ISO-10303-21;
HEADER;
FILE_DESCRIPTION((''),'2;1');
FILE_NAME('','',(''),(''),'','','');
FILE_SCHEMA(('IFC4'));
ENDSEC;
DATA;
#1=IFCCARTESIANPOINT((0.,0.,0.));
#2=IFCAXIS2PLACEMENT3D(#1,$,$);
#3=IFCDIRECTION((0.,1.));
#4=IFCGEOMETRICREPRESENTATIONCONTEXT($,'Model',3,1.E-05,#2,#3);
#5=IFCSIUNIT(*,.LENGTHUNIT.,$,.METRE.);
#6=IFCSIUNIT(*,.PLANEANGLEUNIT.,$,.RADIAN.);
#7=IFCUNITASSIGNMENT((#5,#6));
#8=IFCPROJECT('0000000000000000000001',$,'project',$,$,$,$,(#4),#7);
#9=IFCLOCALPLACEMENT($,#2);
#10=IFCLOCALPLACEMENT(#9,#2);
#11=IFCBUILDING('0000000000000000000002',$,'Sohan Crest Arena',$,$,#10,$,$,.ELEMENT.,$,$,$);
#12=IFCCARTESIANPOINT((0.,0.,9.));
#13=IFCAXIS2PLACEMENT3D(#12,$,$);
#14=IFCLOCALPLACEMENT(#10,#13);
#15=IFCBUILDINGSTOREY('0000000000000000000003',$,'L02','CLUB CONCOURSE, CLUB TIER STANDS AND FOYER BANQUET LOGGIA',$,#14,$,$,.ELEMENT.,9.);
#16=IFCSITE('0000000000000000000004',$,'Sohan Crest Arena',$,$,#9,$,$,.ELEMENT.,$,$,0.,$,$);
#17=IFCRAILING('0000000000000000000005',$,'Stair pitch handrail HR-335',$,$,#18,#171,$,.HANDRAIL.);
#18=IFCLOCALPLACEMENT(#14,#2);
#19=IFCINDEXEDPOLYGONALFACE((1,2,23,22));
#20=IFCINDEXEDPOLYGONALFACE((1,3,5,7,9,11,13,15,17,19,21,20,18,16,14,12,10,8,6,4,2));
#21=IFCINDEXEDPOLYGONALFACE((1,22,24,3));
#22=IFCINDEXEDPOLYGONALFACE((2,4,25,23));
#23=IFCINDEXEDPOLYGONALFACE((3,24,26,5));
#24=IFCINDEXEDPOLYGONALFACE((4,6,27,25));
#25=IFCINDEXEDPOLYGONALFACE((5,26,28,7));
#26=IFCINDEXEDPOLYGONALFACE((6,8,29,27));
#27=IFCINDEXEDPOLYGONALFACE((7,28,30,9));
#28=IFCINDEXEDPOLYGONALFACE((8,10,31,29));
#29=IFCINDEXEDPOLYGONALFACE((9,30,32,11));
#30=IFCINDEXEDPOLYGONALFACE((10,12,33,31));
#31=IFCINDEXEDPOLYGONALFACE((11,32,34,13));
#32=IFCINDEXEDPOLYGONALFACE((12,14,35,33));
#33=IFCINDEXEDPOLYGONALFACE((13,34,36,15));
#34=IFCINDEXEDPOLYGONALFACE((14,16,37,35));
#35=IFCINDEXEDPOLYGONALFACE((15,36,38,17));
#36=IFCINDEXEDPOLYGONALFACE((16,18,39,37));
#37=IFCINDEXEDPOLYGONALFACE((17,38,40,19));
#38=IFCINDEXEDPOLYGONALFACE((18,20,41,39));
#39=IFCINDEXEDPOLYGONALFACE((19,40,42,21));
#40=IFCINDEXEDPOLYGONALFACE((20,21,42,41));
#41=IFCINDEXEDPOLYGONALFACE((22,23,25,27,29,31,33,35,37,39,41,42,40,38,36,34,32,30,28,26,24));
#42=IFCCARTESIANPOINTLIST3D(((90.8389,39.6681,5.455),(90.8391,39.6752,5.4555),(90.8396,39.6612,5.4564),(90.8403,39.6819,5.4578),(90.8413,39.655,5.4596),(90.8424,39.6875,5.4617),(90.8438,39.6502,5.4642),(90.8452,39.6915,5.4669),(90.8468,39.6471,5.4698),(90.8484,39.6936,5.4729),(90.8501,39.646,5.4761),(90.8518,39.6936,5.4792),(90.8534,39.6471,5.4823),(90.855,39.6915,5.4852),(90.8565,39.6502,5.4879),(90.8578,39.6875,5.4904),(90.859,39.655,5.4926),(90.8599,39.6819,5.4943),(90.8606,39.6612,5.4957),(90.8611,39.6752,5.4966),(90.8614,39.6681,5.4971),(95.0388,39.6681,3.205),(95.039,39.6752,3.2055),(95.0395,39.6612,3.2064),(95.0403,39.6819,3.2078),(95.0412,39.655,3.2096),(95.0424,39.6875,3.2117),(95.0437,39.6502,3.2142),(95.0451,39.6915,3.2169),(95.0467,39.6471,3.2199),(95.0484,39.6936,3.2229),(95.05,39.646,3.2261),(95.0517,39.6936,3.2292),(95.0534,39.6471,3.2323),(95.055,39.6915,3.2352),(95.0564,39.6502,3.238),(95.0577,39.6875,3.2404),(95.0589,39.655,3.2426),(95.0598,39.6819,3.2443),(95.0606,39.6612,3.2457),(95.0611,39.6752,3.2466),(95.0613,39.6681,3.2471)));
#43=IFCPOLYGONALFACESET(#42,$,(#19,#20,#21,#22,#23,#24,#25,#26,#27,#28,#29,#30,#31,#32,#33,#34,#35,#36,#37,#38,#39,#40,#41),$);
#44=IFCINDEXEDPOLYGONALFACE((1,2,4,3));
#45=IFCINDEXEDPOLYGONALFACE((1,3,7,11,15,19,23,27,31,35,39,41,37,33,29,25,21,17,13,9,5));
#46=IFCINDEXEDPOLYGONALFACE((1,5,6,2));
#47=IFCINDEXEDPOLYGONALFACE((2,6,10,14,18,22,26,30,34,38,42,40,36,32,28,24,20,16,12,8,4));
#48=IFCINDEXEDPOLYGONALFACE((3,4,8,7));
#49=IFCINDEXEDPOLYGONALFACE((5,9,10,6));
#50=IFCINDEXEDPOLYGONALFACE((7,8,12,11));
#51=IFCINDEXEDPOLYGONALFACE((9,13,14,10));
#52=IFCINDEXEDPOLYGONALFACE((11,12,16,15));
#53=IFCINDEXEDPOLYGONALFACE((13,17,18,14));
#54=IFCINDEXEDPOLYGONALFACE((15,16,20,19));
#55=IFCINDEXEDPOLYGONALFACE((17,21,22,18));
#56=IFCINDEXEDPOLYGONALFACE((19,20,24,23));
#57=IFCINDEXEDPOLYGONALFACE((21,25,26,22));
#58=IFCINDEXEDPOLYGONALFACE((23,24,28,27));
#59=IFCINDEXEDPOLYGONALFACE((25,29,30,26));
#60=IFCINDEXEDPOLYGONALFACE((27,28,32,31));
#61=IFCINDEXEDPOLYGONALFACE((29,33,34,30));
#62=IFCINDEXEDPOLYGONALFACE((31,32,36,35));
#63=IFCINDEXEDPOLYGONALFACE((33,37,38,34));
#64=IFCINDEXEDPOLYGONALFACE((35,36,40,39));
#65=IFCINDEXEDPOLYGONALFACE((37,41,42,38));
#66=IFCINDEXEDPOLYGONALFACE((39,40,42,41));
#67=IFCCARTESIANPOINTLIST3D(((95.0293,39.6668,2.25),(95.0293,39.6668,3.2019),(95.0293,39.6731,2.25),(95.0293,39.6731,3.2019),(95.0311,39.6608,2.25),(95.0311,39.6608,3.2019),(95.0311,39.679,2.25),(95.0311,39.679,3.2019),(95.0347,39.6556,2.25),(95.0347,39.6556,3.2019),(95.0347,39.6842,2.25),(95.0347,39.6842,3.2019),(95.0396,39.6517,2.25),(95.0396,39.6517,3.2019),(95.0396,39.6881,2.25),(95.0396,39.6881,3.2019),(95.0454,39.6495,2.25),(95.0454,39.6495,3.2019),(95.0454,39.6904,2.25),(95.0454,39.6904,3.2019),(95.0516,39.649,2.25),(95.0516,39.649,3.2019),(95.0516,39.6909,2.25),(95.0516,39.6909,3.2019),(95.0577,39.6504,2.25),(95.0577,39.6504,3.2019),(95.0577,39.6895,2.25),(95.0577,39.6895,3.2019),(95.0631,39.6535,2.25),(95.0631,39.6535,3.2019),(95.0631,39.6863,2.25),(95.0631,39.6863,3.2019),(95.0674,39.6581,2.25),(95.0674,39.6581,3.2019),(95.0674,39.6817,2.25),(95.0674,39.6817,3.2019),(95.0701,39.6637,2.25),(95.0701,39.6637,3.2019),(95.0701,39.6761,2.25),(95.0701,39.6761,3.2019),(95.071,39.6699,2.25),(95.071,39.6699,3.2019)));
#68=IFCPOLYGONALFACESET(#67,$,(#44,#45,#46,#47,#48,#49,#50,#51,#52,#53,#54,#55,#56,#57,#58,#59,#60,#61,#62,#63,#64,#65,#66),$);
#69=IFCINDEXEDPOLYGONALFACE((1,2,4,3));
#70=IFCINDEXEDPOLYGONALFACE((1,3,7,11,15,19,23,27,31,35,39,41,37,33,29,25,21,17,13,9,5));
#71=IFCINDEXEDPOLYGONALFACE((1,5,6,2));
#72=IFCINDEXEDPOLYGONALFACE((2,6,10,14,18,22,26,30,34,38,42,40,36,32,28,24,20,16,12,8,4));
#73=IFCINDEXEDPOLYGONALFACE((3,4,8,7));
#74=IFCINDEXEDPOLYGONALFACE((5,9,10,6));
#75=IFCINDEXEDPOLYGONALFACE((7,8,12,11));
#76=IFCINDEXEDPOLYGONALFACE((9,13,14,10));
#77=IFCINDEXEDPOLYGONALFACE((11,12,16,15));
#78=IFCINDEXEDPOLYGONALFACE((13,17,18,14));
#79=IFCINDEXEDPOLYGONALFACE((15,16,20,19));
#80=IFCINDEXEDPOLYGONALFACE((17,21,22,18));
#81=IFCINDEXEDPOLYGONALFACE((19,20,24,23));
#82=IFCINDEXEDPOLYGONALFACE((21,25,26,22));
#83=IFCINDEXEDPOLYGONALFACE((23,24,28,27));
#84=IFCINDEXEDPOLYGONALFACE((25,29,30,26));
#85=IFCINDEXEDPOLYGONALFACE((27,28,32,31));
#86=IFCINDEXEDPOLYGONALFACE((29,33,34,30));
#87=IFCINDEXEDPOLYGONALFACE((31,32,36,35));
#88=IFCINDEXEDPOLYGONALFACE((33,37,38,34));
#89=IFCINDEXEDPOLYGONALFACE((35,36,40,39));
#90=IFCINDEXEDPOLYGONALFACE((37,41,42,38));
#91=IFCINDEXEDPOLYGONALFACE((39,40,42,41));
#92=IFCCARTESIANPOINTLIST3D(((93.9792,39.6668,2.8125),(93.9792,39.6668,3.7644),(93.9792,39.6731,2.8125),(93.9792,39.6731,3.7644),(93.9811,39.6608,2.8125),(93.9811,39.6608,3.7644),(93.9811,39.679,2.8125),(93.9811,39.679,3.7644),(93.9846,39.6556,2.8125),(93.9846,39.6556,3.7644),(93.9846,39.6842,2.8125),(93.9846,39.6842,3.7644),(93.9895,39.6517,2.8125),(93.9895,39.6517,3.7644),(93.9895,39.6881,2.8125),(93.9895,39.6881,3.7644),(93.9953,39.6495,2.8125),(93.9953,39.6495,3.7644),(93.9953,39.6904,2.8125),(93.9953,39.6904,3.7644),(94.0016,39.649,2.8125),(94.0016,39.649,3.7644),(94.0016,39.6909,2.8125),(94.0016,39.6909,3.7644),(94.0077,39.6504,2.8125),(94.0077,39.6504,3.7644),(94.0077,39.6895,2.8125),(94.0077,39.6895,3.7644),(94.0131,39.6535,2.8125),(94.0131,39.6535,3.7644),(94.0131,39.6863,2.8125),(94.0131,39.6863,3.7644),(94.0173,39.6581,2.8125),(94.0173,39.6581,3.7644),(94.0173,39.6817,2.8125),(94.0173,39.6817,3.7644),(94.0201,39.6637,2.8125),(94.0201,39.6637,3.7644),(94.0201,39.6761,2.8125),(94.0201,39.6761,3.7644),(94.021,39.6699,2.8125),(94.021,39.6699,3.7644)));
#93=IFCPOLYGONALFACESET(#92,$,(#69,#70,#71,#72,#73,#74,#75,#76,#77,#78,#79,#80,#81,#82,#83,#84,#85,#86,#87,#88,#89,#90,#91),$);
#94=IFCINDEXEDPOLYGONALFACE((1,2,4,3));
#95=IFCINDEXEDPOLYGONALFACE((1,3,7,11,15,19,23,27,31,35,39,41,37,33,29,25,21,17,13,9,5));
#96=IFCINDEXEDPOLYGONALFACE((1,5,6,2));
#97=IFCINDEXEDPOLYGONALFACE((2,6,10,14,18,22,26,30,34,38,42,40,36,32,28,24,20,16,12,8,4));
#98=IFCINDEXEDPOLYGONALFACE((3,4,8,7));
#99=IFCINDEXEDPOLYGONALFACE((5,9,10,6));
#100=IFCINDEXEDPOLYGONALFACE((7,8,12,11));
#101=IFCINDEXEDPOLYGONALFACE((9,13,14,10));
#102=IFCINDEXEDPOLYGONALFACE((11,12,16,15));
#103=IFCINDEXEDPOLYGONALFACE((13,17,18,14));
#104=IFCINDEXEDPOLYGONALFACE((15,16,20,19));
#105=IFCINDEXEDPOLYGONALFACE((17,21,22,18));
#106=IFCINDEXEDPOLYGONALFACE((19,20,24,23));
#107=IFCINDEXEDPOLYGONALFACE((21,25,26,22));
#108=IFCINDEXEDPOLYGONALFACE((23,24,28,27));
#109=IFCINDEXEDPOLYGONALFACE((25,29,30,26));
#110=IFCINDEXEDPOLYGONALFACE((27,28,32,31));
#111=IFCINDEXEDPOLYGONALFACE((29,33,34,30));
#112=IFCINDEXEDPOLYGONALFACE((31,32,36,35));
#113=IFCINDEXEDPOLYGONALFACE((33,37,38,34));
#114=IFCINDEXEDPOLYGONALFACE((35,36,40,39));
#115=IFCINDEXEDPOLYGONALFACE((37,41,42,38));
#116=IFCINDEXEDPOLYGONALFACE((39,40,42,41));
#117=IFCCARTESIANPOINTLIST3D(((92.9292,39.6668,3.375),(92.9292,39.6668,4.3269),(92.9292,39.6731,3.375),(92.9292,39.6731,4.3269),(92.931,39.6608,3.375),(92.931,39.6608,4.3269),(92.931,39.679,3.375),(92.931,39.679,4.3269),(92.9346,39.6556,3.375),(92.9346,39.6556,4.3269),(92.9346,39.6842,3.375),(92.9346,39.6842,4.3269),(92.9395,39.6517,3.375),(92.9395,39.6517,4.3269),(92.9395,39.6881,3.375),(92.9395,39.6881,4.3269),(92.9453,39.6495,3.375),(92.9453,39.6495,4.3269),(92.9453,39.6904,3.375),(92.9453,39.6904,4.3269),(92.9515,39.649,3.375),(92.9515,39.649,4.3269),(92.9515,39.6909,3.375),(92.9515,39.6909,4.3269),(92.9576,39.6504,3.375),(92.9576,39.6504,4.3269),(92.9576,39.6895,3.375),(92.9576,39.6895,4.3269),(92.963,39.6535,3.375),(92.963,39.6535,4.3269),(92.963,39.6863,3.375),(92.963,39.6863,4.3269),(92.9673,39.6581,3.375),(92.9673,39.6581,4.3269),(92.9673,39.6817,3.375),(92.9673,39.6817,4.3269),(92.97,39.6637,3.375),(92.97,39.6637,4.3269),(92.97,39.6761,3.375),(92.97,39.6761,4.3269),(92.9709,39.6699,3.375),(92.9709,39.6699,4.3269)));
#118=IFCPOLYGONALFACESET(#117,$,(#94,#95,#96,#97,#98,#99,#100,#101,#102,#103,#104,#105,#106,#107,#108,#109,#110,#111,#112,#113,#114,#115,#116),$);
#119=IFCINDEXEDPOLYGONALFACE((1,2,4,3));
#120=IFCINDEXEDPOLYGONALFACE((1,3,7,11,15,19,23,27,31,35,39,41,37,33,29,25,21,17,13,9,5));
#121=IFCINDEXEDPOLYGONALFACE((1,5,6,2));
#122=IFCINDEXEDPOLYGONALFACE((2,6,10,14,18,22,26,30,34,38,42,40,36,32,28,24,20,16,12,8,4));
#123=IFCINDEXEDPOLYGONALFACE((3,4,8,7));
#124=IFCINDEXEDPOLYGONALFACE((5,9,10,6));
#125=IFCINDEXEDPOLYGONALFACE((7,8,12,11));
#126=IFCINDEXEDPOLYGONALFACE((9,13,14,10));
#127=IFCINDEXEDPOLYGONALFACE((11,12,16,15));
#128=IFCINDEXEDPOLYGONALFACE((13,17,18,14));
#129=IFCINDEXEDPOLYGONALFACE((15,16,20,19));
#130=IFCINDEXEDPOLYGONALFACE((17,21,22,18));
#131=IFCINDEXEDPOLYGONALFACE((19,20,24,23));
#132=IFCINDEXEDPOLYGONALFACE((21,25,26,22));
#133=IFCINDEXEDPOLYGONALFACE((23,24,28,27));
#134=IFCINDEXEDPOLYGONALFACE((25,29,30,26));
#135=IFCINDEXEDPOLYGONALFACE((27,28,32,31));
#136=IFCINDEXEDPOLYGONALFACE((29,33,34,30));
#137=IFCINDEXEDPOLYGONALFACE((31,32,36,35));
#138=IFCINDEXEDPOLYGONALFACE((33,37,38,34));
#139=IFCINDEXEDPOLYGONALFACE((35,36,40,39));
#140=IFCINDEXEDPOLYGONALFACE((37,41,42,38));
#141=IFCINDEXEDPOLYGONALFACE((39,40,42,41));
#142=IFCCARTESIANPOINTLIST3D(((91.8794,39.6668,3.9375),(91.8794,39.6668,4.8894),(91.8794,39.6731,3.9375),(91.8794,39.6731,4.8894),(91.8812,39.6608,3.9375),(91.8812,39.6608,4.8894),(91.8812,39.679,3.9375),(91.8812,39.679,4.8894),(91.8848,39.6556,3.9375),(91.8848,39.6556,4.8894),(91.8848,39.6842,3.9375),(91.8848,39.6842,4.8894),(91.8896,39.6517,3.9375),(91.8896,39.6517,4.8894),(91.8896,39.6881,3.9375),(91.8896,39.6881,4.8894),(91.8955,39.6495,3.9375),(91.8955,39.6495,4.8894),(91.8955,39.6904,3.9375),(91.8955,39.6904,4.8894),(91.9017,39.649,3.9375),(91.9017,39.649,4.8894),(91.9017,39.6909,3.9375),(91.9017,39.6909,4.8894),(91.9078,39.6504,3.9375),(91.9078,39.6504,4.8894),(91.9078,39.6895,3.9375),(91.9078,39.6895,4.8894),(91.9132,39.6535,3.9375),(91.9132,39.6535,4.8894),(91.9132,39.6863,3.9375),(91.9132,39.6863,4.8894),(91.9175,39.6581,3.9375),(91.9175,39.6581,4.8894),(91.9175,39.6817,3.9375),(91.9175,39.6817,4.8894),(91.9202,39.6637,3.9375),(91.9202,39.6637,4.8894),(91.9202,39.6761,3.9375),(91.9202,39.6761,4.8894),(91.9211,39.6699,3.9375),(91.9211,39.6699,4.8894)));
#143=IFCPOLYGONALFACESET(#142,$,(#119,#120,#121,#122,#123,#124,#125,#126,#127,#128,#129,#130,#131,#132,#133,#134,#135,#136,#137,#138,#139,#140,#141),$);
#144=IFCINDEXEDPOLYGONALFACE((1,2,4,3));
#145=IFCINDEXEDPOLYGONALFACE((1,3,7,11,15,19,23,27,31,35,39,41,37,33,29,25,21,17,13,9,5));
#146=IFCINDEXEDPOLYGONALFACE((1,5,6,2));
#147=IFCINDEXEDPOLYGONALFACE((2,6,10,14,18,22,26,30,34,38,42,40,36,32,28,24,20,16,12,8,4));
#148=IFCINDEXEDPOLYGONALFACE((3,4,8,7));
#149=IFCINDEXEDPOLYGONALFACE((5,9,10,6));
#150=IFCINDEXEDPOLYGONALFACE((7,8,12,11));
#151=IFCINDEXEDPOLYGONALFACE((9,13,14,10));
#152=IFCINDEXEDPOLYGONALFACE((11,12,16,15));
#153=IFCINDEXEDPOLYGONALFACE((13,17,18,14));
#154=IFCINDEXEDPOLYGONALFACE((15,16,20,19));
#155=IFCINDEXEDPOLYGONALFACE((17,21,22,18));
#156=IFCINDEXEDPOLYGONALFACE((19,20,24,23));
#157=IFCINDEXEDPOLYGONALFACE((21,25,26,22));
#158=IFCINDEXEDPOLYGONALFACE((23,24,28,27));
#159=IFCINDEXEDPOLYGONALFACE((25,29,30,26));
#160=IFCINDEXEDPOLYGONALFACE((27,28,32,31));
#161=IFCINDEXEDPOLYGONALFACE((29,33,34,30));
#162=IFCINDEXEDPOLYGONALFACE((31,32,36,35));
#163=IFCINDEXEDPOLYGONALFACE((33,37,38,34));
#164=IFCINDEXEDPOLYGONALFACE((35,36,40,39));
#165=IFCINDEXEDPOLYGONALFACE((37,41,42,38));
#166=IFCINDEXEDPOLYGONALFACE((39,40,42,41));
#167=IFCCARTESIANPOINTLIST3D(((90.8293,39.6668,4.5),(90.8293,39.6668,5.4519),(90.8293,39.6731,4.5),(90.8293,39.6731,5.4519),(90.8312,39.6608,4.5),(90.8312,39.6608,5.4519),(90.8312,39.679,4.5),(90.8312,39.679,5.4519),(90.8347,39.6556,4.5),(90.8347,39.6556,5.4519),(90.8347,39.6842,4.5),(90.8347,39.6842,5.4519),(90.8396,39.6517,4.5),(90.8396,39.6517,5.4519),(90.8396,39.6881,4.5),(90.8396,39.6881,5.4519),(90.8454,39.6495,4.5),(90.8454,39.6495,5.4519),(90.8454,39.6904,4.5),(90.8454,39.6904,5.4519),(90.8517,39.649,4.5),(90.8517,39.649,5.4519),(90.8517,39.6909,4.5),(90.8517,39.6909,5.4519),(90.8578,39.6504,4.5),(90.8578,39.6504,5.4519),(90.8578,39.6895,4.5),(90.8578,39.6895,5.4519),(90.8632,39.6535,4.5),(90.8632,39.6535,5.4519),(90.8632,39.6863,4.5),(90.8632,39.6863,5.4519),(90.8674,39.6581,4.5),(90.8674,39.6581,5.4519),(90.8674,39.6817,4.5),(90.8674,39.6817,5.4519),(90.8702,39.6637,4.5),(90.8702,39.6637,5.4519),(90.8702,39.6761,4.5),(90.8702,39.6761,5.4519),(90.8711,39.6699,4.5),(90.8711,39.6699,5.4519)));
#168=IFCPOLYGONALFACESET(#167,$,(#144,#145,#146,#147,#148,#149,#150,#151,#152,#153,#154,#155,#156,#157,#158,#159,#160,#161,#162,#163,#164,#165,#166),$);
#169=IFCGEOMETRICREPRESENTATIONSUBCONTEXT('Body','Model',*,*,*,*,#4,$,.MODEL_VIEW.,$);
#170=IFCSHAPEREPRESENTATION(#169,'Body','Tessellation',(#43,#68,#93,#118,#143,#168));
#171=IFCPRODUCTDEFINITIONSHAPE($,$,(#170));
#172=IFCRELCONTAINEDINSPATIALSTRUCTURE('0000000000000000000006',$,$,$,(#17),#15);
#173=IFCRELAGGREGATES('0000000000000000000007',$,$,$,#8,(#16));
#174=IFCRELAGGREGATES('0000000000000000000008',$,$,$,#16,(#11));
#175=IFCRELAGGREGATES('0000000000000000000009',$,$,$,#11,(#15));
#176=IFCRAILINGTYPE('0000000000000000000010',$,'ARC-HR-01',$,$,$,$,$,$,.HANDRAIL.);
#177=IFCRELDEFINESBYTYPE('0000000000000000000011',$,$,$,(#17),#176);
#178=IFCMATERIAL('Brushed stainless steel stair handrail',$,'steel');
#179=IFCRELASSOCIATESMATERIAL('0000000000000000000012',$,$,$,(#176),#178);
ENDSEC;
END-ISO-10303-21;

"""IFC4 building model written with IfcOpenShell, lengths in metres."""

from ifc_helpers import new_model, si_unit, direction, frame, origin, origin_2d, place, context, subcontext, project, spatial, circle, extrude, material, type_object, element, save


model = new_model("IFC4")

# Units and contexts
model_context = context("Model", 3, precision=1e-05, world=origin(), true_north=direction((0.0, 1.0)))
body_context = subcontext(model_context, "Body", "Model", "MODEL_VIEW")
ifc_project = project(units=[si_unit("LENGTHUNIT", "METRE"), si_unit("PLANEANGLEUNIT", "RADIAN")], contexts=[model_context])

# Site, building, storey
site_placement = place(None, origin())
site = spatial("IfcSite", under=ifc_project, at=site_placement, Name="Sohan Crest Arena", CompositionType="ELEMENT", RefElevation=0.0)
building_placement = place(site_placement, origin())
building = spatial("IfcBuilding", under=site, at=building_placement, Name="Sohan Crest Arena", CompositionType="ELEMENT")
storey_placement = place(building_placement, frame((0.0, 0.0, 9.0)))
storey = spatial("IfcBuildingStorey", under=building, at=storey_placement, Name="L02", Description="CLUB CONCOURSE, CLUB TIER STANDS AND FOYER BANQUET LOGGIA", CompositionType="ELEMENT", Elevation=9.0)

# Railing
ifc_material_1 = material(Name="Brushed stainless steel stair handrail", Category="steel")
railing_type_1 = type_object("IfcRailingType", Name="ARC-HR-01", PredefinedType="HANDRAIL", material=ifc_material_1)
railing_1_placement = place(storey_placement, frame((95.05, 39.6699, 2.25)))
element("IfcRailing", 1, at=railing_1_placement, inside=storey, type_object=railing_type_1, Name="Stair pitch handrail HR-335", PredefinedType="HANDRAIL", context=body_context, shape_type="SweptSolid", body=[
    extrude(circle(Radius=0.0239, at=origin_2d()), frame((0.0, 0.0, 0.9761), z_axis=(-0.881478, 0.0, 0.472226), x_axis=(0.0, -1.0, 0.0)), (0.0, 0.0, 1.0), 4.7646),
    extrude(circle(Radius=0.021, at=origin_2d()), origin(), (0.0, 0.0, 1.0), 0.9519),
    extrude(circle(Radius=0.021, at=origin_2d()), frame((-1.05, 0.0, 0.5625)), (0.0, 0.0, 1.0), 0.9519),
    extrude(circle(Radius=0.021, at=origin_2d()), frame((-2.1001, 0.0, 1.125)), (0.0, 0.0, 1.0), 0.9519),
    extrude(circle(Radius=0.021, at=origin_2d()), frame((-3.1499, 0.0, 1.6875)), (0.0, 0.0, 1.0), 0.9519),
    extrude(circle(Radius=0.021, at=origin_2d()), frame((-4.2, 0.0, 2.25)), (0.0, 0.0, 1.0), 0.9519),
])

save(model, "model.ifc")
